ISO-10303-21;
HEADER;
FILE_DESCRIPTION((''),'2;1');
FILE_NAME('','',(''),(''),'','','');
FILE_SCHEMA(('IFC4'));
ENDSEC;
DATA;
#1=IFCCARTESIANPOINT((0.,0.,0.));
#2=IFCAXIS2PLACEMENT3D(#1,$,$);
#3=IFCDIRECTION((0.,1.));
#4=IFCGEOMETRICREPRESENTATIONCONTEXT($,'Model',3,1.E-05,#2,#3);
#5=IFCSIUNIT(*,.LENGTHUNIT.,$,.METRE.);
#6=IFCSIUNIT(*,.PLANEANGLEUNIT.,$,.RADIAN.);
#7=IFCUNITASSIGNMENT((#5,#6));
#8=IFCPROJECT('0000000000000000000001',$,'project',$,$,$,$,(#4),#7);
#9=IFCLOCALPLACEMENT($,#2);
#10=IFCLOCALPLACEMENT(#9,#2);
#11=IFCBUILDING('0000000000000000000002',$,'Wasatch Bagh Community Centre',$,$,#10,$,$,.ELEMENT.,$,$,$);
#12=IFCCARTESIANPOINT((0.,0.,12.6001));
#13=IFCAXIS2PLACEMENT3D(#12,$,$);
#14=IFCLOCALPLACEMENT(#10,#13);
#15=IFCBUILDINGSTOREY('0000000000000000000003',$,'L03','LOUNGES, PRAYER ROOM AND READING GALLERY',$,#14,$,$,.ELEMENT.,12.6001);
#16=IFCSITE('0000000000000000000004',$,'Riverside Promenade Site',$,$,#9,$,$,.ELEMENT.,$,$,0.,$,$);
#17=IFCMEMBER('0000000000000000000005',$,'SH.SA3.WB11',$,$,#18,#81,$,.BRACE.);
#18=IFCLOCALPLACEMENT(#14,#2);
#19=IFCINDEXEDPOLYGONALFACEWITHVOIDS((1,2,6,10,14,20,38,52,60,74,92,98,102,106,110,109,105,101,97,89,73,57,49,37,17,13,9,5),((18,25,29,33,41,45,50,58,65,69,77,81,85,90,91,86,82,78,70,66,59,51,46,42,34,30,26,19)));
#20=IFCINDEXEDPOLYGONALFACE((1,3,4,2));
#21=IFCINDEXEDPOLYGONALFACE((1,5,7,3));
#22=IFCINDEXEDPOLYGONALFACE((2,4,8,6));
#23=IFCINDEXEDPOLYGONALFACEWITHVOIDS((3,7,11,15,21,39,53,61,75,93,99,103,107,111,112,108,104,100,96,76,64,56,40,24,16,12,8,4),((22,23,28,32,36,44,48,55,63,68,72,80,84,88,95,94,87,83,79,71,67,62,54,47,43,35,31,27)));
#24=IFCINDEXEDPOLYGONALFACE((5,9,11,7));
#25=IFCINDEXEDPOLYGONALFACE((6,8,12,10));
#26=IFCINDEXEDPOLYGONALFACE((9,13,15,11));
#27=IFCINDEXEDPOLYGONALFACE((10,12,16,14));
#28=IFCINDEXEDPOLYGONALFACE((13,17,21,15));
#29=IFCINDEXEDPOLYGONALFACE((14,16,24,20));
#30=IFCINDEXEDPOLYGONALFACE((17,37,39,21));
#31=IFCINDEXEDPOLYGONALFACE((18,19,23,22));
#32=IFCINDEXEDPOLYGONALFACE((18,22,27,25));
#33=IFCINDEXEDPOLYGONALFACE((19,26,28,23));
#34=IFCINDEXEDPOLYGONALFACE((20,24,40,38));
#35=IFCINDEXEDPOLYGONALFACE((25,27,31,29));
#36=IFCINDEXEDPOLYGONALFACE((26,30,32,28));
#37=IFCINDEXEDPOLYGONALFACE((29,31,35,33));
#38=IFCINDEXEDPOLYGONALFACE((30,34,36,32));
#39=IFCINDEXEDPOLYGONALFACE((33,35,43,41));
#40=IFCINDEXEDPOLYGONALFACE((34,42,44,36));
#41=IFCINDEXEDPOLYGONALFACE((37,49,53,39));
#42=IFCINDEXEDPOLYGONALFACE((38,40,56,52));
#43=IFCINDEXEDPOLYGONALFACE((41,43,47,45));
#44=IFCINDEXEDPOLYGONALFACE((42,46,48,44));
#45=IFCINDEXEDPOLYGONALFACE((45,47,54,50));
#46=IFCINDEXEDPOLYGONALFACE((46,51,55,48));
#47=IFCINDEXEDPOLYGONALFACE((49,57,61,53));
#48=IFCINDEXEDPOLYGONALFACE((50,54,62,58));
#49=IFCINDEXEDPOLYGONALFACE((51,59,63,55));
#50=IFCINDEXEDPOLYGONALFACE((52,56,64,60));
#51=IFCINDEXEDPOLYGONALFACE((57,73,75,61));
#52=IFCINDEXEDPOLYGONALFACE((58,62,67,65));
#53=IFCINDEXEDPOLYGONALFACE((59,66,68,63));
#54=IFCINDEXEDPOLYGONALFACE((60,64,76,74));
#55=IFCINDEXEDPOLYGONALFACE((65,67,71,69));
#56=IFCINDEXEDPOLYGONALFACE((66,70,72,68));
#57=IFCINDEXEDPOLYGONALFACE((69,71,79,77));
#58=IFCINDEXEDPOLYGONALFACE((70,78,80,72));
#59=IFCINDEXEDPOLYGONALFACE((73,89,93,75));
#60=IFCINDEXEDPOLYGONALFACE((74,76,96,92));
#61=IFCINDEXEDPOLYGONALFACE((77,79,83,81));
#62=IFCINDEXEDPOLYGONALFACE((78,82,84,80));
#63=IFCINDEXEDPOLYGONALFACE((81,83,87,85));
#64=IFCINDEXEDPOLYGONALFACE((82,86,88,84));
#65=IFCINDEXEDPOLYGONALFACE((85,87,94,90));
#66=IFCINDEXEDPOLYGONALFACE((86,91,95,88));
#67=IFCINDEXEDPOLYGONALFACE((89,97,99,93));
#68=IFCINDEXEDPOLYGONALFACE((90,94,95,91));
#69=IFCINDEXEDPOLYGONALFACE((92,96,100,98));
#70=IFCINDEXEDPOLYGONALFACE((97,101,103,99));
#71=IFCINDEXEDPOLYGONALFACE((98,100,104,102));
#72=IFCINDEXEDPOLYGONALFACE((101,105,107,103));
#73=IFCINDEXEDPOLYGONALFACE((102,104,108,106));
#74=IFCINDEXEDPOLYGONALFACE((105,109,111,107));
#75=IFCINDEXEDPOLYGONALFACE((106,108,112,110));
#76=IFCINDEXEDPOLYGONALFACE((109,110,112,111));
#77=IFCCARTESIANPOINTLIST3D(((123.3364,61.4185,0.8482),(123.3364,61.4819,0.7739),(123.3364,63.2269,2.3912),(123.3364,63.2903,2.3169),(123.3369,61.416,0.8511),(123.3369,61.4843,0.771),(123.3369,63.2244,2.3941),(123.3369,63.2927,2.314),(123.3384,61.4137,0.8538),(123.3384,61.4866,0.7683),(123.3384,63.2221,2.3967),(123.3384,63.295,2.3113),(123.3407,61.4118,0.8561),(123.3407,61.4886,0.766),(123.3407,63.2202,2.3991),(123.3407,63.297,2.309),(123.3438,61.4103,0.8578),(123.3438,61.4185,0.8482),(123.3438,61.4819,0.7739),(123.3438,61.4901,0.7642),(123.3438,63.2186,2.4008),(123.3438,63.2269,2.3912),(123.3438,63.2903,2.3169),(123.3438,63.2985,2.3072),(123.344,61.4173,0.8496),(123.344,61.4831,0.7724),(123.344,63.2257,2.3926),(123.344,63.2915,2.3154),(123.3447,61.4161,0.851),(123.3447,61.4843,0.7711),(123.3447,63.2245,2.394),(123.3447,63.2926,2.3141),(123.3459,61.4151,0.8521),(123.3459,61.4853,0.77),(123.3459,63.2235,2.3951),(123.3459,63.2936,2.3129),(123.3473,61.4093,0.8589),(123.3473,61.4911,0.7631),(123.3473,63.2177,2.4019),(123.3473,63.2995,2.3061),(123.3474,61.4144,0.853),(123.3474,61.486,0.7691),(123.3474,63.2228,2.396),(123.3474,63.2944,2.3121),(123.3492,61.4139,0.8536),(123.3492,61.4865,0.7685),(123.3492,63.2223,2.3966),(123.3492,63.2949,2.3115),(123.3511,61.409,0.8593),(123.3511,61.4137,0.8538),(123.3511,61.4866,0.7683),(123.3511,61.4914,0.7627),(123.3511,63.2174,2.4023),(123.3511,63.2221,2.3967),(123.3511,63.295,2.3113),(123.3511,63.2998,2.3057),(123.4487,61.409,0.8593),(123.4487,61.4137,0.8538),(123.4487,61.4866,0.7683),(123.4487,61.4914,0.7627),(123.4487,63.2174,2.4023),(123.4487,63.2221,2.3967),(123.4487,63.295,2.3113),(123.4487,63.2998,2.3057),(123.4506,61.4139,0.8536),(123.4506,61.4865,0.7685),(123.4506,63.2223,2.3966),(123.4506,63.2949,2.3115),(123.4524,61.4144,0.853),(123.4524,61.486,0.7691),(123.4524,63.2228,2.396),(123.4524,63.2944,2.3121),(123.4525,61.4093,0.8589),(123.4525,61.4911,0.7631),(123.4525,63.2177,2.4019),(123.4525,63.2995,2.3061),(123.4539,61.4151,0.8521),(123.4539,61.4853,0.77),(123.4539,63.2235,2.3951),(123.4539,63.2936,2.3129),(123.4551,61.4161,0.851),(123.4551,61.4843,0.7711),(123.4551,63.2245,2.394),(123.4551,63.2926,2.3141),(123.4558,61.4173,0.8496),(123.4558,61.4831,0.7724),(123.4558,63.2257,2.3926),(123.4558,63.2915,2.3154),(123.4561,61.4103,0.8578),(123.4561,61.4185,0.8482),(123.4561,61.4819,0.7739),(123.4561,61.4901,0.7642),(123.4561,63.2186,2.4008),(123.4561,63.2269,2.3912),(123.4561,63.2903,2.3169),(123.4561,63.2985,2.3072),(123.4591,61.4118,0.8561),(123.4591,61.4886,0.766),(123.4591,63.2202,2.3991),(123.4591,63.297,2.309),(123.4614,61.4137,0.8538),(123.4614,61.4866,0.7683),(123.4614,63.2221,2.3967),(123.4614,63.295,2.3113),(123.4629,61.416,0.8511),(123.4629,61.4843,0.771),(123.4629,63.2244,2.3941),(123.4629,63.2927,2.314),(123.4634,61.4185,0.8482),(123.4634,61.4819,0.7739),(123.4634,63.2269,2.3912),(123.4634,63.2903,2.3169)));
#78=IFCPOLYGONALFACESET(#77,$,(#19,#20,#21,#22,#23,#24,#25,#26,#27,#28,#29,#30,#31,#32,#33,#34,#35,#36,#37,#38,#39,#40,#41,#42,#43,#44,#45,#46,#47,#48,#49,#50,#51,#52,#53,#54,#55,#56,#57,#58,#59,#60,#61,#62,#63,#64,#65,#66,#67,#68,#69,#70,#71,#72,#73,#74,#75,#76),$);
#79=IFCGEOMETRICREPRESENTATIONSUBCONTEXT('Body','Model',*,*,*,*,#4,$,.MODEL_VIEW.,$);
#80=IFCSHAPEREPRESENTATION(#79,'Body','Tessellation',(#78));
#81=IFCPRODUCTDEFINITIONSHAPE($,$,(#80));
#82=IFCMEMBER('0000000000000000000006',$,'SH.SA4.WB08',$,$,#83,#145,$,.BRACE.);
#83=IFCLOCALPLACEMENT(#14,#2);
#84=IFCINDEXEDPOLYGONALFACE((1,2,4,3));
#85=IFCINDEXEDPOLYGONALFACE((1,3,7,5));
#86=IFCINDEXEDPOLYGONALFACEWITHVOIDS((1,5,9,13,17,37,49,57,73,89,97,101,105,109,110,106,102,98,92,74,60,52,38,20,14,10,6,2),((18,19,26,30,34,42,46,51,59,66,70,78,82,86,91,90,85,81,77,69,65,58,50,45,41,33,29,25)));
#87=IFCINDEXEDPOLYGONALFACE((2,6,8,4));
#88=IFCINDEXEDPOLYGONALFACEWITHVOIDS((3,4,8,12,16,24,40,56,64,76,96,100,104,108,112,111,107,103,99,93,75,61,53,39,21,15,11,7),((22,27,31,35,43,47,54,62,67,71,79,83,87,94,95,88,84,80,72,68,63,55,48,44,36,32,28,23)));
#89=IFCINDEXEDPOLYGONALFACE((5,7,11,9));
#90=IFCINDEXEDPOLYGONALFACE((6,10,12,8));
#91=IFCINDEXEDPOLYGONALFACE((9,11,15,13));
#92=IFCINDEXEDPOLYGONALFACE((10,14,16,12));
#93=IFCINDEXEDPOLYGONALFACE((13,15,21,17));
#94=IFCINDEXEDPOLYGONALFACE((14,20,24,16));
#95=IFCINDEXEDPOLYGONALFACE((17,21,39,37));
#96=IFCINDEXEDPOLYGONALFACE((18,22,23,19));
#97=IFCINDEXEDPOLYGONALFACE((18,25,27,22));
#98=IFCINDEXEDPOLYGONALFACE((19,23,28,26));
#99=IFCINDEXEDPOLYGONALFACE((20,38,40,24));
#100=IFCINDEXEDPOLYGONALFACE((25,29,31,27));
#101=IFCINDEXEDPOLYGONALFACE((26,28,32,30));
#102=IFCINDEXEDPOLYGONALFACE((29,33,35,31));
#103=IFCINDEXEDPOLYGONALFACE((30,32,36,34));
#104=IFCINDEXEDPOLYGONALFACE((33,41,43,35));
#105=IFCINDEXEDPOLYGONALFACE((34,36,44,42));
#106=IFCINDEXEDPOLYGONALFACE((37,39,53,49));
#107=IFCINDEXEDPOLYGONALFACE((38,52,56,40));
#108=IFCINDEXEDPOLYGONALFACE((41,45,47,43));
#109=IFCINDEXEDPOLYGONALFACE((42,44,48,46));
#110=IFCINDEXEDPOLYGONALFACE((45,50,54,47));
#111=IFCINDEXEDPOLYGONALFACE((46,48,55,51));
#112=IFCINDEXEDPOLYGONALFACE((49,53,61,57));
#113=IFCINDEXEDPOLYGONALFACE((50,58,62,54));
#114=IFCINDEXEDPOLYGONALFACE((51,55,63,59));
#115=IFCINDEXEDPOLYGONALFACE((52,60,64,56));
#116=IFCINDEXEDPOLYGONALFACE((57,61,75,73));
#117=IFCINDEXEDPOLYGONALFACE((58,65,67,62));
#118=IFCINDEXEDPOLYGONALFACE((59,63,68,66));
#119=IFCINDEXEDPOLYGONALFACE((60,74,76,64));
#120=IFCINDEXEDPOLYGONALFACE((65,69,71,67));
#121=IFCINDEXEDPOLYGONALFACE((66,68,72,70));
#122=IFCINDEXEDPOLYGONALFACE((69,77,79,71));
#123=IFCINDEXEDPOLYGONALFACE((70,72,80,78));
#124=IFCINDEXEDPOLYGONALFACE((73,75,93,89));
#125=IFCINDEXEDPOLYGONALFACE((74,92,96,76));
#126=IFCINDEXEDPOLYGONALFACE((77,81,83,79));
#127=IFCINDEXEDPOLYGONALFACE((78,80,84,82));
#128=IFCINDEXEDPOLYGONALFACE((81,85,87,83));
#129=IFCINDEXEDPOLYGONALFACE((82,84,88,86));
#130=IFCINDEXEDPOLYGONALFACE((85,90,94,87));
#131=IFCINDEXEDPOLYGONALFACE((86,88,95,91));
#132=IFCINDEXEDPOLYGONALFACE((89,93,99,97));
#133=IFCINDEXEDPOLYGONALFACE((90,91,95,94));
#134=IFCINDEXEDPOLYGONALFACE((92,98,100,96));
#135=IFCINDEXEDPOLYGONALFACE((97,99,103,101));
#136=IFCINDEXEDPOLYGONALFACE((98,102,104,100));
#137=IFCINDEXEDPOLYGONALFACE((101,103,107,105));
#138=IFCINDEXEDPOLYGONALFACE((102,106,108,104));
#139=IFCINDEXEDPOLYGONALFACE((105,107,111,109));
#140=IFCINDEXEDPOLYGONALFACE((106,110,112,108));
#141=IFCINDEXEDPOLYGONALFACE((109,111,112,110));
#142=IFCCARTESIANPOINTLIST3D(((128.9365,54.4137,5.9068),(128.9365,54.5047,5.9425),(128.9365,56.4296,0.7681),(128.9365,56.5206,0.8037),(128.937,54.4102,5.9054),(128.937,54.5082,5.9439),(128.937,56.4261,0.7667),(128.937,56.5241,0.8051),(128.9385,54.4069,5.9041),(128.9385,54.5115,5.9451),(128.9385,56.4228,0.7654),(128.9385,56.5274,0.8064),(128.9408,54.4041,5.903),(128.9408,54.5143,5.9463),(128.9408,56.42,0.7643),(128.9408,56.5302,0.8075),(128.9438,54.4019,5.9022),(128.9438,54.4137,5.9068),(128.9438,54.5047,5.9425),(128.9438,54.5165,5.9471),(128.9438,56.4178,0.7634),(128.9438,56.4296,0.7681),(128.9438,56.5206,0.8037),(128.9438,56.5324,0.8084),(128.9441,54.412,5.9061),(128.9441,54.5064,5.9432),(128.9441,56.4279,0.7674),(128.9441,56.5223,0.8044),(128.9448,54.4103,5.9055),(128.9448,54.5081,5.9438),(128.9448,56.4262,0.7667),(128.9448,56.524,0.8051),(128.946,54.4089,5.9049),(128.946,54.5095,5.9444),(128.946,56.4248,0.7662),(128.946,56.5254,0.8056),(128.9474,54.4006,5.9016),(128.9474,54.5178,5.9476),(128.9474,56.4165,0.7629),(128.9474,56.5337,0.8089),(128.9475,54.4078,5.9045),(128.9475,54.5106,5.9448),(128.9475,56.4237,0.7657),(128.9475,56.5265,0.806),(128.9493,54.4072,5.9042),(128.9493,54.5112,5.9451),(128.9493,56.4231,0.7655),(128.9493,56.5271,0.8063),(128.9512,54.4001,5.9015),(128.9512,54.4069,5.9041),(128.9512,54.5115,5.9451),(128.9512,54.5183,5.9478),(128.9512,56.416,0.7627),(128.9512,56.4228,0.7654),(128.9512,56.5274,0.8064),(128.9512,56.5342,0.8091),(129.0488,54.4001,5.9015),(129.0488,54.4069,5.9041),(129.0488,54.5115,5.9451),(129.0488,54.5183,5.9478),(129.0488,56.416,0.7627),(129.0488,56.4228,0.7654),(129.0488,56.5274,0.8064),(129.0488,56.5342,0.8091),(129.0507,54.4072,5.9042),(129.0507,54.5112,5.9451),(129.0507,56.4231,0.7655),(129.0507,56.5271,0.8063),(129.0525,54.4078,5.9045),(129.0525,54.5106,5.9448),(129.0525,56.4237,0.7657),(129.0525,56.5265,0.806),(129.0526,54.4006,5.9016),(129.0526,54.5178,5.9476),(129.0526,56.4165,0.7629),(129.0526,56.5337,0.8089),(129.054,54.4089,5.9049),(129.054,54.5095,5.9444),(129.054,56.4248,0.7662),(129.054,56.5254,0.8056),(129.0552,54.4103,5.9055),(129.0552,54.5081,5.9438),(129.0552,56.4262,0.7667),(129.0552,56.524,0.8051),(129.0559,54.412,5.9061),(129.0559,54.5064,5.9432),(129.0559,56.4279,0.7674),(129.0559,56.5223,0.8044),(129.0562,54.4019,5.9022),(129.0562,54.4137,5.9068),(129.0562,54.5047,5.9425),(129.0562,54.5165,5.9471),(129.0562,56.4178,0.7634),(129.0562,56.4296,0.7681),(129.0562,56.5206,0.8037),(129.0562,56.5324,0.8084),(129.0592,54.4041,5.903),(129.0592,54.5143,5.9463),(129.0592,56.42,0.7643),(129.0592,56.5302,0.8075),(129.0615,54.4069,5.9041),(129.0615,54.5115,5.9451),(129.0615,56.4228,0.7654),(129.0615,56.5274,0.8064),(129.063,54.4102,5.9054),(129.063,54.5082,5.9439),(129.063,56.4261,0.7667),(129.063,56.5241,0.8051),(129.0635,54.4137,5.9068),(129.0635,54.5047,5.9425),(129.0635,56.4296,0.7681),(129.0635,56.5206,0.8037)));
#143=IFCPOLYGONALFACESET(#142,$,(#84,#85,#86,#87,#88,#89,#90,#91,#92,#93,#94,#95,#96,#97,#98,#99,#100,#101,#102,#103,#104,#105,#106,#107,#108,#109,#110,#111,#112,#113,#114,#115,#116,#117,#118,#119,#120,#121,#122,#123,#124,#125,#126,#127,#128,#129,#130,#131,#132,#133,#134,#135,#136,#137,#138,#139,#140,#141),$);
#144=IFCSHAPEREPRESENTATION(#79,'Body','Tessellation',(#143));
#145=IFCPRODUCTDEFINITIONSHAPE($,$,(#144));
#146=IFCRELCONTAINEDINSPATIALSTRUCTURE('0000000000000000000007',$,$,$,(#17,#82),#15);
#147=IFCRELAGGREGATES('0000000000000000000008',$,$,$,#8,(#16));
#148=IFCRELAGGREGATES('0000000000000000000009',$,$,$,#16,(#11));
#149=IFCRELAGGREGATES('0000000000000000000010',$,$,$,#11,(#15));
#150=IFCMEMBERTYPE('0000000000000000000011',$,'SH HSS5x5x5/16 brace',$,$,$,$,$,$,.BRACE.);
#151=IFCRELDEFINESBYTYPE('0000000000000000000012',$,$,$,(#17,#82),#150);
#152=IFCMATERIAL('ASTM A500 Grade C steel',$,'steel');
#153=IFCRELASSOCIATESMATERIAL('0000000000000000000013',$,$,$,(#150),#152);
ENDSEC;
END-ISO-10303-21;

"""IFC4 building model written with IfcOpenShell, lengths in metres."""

from ifc_helpers import new_model, si_unit, direction, frame, origin, origin_2d, place, context, subcontext, project, spatial, hollow_rectangle, extrude, material, material_profile, profile_set, type_object, element, save


model = new_model("IFC4")

# Units and contexts
model_context = context("Model", 3, precision=1e-05, world=origin(), true_north=direction((0.0, 1.0)))
body_context = subcontext(model_context, "Body", "Model", "MODEL_VIEW")
ifc_project = project(units=[si_unit("LENGTHUNIT", "METRE"), si_unit("PLANEANGLEUNIT", "RADIAN")], contexts=[model_context])

# Site, building, storey
site_placement = place(None, origin())
site = spatial("IfcSite", under=ifc_project, at=site_placement, Name="Riverside Promenade Site", CompositionType="ELEMENT", RefElevation=0.0)
building_placement = place(site_placement, origin())
building = spatial("IfcBuilding", under=site, at=building_placement, Name="Wasatch Bagh Community Centre", CompositionType="ELEMENT")
storey_placement = place(building_placement, frame((0.0, 0.0, 12.6001)))
storey = spatial("IfcBuildingStorey", under=building, at=storey_placement, Name="L03", Description="LOUNGES, PRAYER ROOM AND READING GALLERY", CompositionType="ELEMENT", Elevation=12.6001)

# Members
ifc_material_1 = material(Name="ASTM A500 Grade C steel", Category="steel")
ifc_material_profile_1 = material_profile(ifc_material_1, hollow_rectangle(XDim=0.127, YDim=0.127, WallThickness=0.0073, InnerFilletRadius=0.0073, OuterFilletRadius=0.0146, at=origin_2d()), Name="HSS5x5x5/16")
ifc_profile_set_1 = profile_set([ifc_material_profile_1], Name="ASTM A500 Grade C steel")
member_type_1 = type_object("IfcMemberType", Name="SH HSS5x5x5/16 brace", PredefinedType="BRACE", material=ifc_profile_set_1)
member_1_placement = place(storey_placement, frame((123.3999, 61.4502, 0.811), z_axis=(0.0, 0.760719, 0.649081), x_axis=(-1.0, 0.0, 0.0)))
element("IfcMember", 1, at=member_1_placement, inside=storey, type_object=member_type_1, Name="SH.SA3.WB11", PredefinedType="BRACE", context=body_context, shape_type="SweptSolid", body=[
    extrude(hollow_rectangle(XDim=0.127, YDim=0.127, WallThickness=0.0073, InnerFilletRadius=0.0073, OuterFilletRadius=0.0146, at=origin_2d()), origin(), (0.0, 0.0, 1.0), 2.3772),
])
member_2_placement = place(storey_placement, frame((129.0, 56.4751, 0.7859), z_axis=(0.0, -0.365198, 0.93093), x_axis=(1.0, 0.0, 0.0)))
element("IfcMember", 2, at=member_2_placement, inside=storey, type_object=member_type_1, Name="SH.SA4.WB08", PredefinedType="BRACE", context=body_context, shape_type="SweptSolid", body=[
    extrude(hollow_rectangle(XDim=0.127, YDim=0.127, WallThickness=0.0073, InnerFilletRadius=0.0073, OuterFilletRadius=0.0146, at=origin_2d()), origin(), (0.0, 0.0, 1.0), 5.52),
])

save(model, "model.ifc")
